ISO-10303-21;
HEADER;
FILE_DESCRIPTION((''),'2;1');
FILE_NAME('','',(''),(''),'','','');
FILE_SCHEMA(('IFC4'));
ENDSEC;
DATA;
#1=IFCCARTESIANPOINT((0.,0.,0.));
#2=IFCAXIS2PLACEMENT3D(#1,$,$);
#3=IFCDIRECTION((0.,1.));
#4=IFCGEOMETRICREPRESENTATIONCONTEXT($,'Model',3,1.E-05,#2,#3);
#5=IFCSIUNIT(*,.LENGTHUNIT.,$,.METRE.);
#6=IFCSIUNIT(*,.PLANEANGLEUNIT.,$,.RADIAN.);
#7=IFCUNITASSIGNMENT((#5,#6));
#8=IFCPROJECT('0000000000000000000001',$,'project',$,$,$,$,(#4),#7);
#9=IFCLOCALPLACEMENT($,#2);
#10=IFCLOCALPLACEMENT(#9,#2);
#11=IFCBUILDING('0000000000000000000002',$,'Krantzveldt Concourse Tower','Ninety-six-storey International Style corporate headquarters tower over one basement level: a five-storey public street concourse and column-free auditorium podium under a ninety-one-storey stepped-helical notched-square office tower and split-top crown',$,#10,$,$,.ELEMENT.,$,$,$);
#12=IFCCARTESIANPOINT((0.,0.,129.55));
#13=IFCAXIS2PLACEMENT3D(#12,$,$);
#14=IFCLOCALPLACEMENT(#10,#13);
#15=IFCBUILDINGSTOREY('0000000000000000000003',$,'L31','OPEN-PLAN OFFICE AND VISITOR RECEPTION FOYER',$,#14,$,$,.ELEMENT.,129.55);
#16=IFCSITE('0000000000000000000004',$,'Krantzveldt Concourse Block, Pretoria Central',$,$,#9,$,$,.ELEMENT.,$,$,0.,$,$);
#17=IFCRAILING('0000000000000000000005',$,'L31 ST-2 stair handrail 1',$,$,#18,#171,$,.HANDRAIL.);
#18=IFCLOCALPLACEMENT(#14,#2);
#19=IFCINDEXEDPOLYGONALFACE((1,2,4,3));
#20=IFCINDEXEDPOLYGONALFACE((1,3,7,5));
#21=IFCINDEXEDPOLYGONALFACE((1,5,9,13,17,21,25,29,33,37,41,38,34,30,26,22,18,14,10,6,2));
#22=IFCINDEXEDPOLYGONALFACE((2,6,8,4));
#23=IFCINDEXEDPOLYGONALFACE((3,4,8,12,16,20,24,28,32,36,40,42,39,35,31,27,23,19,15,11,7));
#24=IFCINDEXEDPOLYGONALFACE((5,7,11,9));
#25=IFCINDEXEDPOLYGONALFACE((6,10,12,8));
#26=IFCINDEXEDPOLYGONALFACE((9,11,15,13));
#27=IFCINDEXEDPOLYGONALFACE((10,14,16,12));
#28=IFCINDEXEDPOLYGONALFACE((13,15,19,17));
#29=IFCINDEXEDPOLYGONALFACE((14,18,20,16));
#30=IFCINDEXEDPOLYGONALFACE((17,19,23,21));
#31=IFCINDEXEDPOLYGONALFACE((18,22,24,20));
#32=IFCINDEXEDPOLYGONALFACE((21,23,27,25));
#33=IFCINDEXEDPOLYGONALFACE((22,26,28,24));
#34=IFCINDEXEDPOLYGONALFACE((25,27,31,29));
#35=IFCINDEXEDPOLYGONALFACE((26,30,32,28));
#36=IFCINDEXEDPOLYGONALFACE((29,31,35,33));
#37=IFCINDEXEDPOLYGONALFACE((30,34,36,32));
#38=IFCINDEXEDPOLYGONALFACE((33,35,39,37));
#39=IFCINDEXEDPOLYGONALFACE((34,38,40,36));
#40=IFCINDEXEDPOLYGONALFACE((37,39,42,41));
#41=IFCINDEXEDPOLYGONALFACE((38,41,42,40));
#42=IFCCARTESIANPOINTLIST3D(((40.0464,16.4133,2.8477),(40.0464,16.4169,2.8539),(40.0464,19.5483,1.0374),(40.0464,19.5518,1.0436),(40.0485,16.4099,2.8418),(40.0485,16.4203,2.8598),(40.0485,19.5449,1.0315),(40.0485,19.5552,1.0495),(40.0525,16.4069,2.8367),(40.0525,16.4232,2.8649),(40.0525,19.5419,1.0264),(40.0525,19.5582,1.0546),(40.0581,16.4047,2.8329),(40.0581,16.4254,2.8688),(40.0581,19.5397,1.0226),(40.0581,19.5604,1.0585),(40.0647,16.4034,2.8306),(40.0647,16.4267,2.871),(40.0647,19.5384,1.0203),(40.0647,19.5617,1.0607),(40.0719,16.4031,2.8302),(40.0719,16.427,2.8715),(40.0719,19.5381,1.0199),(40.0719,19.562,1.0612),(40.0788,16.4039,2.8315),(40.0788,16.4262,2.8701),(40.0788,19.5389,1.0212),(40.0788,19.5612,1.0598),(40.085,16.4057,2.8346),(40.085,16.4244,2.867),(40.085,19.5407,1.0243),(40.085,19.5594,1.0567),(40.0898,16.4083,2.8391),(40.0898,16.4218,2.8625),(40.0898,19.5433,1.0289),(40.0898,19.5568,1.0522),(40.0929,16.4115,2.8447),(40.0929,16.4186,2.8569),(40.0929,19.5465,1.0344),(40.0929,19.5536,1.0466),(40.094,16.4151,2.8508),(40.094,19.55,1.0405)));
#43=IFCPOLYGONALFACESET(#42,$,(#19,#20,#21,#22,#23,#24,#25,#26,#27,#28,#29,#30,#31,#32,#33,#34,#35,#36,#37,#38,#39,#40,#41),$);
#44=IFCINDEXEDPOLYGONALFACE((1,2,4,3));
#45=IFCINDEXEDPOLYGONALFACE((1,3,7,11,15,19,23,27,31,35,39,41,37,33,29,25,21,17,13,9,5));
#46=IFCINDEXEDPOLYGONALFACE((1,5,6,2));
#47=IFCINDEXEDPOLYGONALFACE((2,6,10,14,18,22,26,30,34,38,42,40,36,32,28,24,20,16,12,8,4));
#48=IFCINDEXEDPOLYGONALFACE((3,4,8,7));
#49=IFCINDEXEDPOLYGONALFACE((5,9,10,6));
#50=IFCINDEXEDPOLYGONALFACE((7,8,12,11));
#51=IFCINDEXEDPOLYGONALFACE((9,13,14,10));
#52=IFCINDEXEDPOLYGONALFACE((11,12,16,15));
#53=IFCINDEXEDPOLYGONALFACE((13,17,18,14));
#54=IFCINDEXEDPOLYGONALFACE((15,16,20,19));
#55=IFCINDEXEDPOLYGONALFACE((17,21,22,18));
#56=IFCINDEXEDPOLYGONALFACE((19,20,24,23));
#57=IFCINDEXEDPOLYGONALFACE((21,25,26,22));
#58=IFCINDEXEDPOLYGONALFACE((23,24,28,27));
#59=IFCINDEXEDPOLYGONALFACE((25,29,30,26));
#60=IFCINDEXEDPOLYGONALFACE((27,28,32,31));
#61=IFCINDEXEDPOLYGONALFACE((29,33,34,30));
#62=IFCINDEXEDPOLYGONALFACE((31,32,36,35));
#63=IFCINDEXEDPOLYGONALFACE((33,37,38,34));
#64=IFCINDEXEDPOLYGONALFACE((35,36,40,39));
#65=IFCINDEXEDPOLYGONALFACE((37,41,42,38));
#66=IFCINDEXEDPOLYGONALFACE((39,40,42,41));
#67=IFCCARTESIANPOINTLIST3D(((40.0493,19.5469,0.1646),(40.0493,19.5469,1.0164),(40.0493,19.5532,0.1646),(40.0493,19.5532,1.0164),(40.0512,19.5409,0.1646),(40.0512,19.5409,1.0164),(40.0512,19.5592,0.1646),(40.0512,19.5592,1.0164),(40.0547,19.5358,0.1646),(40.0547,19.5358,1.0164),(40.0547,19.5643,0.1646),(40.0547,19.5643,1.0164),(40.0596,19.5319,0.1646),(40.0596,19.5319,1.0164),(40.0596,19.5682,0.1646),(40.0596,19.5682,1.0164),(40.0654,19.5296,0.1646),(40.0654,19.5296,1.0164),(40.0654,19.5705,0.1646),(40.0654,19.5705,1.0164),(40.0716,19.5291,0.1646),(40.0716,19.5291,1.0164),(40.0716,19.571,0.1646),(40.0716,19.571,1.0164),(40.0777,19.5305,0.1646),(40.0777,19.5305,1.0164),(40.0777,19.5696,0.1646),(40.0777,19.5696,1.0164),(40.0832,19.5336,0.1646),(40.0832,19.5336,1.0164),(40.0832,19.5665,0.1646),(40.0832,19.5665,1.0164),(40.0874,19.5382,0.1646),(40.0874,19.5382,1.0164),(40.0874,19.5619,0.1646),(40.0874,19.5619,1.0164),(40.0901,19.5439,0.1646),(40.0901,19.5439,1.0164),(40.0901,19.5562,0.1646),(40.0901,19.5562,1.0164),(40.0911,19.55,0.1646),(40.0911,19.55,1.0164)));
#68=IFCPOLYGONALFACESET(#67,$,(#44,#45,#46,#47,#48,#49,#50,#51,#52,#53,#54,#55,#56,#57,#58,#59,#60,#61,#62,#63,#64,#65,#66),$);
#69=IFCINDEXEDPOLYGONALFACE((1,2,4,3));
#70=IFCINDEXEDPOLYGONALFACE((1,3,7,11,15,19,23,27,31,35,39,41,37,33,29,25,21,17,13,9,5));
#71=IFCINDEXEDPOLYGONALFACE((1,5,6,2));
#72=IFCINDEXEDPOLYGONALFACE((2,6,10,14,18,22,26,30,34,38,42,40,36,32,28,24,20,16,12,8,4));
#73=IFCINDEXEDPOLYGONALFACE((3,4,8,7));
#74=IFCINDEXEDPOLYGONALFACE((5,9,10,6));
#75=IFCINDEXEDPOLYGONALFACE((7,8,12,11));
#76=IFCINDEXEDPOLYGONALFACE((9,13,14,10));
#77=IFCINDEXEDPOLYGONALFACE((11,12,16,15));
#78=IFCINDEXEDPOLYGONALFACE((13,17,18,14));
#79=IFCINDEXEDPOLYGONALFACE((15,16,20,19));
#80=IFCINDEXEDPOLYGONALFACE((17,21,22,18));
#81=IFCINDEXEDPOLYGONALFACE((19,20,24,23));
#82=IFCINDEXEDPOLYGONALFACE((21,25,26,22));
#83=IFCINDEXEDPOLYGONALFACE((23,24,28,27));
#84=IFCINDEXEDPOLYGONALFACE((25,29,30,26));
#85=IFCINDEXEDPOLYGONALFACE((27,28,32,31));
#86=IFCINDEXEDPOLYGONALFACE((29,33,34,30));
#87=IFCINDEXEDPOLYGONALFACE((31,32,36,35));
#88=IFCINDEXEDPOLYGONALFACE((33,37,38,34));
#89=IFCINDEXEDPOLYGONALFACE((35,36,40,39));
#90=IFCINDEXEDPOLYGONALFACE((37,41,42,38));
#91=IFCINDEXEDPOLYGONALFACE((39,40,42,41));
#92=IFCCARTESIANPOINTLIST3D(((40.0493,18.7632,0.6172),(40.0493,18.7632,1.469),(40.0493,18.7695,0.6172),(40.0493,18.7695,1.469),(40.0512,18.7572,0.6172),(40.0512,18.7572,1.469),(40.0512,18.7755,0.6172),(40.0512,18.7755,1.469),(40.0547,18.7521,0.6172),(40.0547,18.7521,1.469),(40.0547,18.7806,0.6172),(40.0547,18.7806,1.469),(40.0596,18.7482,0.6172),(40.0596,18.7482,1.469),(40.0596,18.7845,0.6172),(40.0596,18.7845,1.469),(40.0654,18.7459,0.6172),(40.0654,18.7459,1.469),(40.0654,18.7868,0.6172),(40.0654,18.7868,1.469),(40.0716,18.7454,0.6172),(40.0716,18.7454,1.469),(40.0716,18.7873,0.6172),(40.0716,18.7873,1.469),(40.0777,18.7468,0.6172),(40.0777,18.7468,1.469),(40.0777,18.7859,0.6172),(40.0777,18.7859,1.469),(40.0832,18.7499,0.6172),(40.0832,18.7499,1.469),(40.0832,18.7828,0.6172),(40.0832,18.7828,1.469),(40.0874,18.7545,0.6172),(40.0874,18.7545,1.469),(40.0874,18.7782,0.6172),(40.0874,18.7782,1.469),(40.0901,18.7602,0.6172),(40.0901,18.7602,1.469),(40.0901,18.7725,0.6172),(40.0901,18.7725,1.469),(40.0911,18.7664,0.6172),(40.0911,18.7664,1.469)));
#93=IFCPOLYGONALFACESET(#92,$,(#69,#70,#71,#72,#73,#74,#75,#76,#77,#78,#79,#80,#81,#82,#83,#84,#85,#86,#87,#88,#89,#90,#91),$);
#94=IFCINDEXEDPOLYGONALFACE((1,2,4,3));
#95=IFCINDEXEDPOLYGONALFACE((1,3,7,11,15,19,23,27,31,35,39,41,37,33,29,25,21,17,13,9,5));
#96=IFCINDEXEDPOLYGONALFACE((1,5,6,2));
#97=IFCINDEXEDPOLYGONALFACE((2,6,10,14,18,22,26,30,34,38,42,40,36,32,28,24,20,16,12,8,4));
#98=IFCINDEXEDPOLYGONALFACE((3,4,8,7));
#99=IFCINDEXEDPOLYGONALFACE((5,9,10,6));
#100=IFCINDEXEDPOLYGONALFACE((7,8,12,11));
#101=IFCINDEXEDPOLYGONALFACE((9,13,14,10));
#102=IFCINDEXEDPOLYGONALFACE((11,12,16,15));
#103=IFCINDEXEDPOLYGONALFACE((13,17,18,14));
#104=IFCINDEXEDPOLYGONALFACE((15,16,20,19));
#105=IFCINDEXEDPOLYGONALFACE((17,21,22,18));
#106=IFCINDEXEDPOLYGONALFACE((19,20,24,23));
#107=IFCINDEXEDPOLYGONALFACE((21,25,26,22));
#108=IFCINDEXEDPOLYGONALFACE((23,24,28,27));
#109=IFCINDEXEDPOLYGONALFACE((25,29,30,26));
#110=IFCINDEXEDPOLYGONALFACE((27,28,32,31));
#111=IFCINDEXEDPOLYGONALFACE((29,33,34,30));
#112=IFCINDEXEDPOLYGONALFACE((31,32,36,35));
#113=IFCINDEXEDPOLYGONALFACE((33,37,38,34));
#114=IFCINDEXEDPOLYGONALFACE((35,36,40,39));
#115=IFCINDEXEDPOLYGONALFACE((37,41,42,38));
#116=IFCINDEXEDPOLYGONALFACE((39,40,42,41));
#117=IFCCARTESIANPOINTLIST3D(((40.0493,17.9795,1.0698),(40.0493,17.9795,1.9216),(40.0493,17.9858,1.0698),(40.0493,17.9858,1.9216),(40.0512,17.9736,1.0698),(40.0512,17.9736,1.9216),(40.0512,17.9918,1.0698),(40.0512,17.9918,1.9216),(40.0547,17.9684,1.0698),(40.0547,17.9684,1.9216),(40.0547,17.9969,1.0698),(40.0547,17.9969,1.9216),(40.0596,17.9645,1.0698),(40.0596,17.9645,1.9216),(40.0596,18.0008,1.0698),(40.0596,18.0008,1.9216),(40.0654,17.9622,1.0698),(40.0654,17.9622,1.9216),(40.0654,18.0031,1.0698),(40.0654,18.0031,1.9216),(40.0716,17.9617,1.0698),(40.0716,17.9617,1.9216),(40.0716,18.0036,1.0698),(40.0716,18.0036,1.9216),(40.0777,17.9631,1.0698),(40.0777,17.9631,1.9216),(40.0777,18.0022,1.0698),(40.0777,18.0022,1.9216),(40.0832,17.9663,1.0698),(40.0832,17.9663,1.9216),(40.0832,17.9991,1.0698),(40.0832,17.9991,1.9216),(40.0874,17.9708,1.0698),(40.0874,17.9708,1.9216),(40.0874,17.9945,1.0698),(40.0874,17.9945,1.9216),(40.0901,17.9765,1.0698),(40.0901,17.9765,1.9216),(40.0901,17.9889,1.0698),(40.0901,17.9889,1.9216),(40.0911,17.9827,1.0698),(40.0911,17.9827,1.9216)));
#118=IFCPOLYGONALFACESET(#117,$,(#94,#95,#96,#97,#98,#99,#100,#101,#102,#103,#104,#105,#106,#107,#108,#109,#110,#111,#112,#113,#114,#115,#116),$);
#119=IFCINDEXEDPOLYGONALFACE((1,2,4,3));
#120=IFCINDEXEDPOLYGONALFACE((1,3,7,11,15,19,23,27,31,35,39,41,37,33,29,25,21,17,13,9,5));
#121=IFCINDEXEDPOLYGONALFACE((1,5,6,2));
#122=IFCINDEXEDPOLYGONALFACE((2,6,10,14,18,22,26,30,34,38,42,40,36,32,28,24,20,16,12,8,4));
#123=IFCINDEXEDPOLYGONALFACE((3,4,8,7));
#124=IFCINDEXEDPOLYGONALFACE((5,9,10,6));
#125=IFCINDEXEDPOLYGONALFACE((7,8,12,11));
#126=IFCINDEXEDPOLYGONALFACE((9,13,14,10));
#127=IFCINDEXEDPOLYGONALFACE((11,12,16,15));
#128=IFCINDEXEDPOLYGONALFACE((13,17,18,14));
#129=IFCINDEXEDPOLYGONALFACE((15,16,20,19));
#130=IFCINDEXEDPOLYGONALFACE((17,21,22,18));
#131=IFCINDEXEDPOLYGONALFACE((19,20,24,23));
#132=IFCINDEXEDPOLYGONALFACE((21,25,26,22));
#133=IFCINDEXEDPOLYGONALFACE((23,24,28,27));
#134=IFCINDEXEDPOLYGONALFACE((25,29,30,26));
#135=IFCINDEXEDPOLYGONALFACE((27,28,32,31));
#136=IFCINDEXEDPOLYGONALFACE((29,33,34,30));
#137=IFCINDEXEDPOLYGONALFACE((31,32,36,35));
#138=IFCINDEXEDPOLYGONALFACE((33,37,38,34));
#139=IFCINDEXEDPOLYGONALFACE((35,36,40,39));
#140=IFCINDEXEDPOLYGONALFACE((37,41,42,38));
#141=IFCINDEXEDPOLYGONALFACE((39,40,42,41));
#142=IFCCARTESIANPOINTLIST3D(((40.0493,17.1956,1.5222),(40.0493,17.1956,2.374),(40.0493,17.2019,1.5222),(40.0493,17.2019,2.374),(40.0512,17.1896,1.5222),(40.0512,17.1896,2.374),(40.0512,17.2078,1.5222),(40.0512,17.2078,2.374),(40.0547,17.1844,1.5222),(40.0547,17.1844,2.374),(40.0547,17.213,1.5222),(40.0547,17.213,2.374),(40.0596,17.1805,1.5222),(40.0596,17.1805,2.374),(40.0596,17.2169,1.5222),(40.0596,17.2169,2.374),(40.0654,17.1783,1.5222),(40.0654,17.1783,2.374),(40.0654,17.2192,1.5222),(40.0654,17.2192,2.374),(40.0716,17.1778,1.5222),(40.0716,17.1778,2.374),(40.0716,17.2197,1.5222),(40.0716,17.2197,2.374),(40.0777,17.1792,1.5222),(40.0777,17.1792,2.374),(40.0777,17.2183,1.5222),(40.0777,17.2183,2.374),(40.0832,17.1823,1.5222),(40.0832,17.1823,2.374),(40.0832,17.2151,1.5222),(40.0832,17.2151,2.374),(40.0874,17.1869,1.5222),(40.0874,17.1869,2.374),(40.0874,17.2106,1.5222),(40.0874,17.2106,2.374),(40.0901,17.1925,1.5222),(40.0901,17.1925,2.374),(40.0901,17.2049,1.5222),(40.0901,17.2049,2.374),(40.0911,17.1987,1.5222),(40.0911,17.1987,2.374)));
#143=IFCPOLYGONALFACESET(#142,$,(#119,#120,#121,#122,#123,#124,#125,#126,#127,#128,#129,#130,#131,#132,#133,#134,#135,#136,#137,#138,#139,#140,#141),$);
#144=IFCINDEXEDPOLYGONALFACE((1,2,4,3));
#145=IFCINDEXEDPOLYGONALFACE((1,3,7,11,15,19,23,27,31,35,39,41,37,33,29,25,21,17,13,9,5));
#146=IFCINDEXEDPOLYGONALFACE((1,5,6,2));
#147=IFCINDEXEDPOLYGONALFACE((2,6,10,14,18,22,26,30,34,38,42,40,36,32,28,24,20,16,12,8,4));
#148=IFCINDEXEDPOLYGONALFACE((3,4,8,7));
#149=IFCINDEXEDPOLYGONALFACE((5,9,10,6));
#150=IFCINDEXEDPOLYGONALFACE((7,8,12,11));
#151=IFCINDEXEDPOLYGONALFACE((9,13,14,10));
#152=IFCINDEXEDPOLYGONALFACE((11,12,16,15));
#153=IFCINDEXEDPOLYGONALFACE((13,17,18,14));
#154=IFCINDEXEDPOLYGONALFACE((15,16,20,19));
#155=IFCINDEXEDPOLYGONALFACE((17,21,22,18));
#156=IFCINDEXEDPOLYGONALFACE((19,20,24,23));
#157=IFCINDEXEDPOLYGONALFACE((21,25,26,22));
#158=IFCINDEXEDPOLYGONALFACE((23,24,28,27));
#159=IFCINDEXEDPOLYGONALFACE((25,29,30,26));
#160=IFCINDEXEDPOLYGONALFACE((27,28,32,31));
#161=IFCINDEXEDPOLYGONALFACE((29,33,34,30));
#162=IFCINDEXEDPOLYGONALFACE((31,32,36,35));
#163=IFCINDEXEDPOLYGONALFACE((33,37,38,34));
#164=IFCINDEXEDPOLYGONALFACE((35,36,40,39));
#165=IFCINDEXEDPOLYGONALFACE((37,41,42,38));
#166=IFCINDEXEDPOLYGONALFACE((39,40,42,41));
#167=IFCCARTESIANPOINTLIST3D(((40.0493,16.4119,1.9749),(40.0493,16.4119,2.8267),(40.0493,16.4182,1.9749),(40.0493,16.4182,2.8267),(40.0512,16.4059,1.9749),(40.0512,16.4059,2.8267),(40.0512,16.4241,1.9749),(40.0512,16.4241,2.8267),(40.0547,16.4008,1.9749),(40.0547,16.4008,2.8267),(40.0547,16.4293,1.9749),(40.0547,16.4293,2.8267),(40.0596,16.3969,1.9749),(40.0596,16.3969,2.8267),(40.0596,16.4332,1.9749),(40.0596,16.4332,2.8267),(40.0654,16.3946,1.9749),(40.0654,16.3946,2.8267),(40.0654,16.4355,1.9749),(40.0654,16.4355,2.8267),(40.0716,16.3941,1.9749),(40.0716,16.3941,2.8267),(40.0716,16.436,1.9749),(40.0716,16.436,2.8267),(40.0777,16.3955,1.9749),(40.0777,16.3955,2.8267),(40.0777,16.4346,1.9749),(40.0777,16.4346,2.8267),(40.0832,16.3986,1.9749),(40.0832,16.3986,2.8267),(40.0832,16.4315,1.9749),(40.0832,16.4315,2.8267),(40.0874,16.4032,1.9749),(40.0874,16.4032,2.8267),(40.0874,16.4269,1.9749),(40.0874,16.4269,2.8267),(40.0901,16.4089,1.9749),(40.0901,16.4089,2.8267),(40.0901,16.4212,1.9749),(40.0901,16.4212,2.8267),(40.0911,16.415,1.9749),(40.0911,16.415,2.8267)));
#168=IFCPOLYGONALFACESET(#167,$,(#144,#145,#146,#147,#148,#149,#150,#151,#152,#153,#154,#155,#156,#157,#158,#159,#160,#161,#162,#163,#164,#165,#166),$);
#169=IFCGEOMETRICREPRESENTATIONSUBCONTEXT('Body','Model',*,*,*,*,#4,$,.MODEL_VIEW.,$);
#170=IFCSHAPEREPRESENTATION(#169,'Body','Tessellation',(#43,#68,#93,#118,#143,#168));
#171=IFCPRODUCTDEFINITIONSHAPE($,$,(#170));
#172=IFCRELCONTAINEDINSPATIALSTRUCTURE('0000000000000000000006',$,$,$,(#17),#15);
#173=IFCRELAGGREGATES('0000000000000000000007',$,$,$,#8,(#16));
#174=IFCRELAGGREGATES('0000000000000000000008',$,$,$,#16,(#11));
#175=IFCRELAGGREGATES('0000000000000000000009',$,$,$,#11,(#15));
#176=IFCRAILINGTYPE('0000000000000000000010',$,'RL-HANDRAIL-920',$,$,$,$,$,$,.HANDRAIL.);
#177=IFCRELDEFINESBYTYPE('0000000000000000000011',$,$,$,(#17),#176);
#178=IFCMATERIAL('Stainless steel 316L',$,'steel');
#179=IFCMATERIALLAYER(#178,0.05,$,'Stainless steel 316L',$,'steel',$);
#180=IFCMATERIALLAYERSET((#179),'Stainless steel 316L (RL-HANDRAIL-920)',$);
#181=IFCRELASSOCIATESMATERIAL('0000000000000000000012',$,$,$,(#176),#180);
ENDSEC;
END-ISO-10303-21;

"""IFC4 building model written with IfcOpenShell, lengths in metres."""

from ifc_helpers import new_model, si_unit, direction, frame, origin, origin_2d, place, context, subcontext, project, spatial, circle, extrude, material, layer, layer_set, type_object, element, save


model = new_model("IFC4")

# Units and contexts
model_context = context("Model", 3, precision=1e-05, world=origin(), true_north=direction((0.0, 1.0)))
body_context = subcontext(model_context, "Body", "Model", "MODEL_VIEW")
ifc_project = project(units=[si_unit("LENGTHUNIT", "METRE"), si_unit("PLANEANGLEUNIT", "RADIAN")], contexts=[model_context])

# Site, building, storey
site_placement = place(None, origin())
site = spatial("IfcSite", under=ifc_project, at=site_placement, Name="Krantzveldt Concourse Block, Pretoria Central", CompositionType="ELEMENT", RefElevation=0.0)
building_placement = place(site_placement, origin())
building = spatial("IfcBuilding", under=site, at=building_placement, Name="Krantzveldt Concourse Tower", Description="Ninety-six-storey International Style corporate headquarters tower over one basement level: a five-storey public street concourse and column-free auditorium podium under a ninety-one-storey stepped-helical notched-square office tower and split-top crown", CompositionType="ELEMENT")
storey_placement = place(building_placement, frame((0.0, 0.0, 129.55)))
storey = spatial("IfcBuildingStorey", under=building, at=storey_placement, Name="L31", Description="OPEN-PLAN OFFICE AND VISITOR RECEPTION FOYER", CompositionType="ELEMENT", Elevation=129.55)

# Shared definitions
ifc_material_1 = material(Name="Stainless steel 316L", Category="steel")

# Railing
ifc_layer_1 = layer(ifc_material_1, 0.05, Name="Stainless steel 316L", Category="steel")
ifc_layer_set_1 = layer_set([ifc_layer_1], Name="Stainless steel 316L (RL-HANDRAIL-920)")
railing_type_1 = type_object("IfcRailingType", Name="RL-HANDRAIL-920", PredefinedType="HANDRAIL", material=ifc_layer_set_1)
railing_1_placement = place(storey_placement, frame((40.0701, 19.55, 0.1646)))
element("IfcRailing", 1, at=railing_1_placement, inside=storey, type_object=railing_type_1, Name="L31 ST-2 stair handrail 1", PredefinedType="HANDRAIL", context=body_context, shape_type="SweptSolid", body=[
    extrude(circle(Radius=0.0239, at=origin_2d()), frame((0.0, 0.0, 0.876), z_axis=(0.0, -0.865989, 0.500063), x_axis=(1.0, 0.0, 0.0)), (0.0, 0.0, 1.0), 3.6201),
    extrude(circle(Radius=0.021, at=origin_2d()), origin(), (0.0, 0.0, 1.0), 0.8518),
    extrude(circle(Radius=0.021, at=origin_2d()), frame((0.0, -0.7837, 0.4526)), (0.0, 0.0, 1.0), 0.8518),
    extrude(circle(Radius=0.021, at=origin_2d()), frame((0.0, -1.5674, 0.9053)), (0.0, 0.0, 1.0), 0.8518),
    extrude(circle(Radius=0.021, at=origin_2d()), frame((0.0, -2.3513, 1.3577)), (0.0, 0.0, 1.0), 0.8518),
    extrude(circle(Radius=0.021, at=origin_2d()), frame((0.0, -3.135, 1.8103)), (0.0, 0.0, 1.0), 0.8518),
])

save(model, "model.ifc")
